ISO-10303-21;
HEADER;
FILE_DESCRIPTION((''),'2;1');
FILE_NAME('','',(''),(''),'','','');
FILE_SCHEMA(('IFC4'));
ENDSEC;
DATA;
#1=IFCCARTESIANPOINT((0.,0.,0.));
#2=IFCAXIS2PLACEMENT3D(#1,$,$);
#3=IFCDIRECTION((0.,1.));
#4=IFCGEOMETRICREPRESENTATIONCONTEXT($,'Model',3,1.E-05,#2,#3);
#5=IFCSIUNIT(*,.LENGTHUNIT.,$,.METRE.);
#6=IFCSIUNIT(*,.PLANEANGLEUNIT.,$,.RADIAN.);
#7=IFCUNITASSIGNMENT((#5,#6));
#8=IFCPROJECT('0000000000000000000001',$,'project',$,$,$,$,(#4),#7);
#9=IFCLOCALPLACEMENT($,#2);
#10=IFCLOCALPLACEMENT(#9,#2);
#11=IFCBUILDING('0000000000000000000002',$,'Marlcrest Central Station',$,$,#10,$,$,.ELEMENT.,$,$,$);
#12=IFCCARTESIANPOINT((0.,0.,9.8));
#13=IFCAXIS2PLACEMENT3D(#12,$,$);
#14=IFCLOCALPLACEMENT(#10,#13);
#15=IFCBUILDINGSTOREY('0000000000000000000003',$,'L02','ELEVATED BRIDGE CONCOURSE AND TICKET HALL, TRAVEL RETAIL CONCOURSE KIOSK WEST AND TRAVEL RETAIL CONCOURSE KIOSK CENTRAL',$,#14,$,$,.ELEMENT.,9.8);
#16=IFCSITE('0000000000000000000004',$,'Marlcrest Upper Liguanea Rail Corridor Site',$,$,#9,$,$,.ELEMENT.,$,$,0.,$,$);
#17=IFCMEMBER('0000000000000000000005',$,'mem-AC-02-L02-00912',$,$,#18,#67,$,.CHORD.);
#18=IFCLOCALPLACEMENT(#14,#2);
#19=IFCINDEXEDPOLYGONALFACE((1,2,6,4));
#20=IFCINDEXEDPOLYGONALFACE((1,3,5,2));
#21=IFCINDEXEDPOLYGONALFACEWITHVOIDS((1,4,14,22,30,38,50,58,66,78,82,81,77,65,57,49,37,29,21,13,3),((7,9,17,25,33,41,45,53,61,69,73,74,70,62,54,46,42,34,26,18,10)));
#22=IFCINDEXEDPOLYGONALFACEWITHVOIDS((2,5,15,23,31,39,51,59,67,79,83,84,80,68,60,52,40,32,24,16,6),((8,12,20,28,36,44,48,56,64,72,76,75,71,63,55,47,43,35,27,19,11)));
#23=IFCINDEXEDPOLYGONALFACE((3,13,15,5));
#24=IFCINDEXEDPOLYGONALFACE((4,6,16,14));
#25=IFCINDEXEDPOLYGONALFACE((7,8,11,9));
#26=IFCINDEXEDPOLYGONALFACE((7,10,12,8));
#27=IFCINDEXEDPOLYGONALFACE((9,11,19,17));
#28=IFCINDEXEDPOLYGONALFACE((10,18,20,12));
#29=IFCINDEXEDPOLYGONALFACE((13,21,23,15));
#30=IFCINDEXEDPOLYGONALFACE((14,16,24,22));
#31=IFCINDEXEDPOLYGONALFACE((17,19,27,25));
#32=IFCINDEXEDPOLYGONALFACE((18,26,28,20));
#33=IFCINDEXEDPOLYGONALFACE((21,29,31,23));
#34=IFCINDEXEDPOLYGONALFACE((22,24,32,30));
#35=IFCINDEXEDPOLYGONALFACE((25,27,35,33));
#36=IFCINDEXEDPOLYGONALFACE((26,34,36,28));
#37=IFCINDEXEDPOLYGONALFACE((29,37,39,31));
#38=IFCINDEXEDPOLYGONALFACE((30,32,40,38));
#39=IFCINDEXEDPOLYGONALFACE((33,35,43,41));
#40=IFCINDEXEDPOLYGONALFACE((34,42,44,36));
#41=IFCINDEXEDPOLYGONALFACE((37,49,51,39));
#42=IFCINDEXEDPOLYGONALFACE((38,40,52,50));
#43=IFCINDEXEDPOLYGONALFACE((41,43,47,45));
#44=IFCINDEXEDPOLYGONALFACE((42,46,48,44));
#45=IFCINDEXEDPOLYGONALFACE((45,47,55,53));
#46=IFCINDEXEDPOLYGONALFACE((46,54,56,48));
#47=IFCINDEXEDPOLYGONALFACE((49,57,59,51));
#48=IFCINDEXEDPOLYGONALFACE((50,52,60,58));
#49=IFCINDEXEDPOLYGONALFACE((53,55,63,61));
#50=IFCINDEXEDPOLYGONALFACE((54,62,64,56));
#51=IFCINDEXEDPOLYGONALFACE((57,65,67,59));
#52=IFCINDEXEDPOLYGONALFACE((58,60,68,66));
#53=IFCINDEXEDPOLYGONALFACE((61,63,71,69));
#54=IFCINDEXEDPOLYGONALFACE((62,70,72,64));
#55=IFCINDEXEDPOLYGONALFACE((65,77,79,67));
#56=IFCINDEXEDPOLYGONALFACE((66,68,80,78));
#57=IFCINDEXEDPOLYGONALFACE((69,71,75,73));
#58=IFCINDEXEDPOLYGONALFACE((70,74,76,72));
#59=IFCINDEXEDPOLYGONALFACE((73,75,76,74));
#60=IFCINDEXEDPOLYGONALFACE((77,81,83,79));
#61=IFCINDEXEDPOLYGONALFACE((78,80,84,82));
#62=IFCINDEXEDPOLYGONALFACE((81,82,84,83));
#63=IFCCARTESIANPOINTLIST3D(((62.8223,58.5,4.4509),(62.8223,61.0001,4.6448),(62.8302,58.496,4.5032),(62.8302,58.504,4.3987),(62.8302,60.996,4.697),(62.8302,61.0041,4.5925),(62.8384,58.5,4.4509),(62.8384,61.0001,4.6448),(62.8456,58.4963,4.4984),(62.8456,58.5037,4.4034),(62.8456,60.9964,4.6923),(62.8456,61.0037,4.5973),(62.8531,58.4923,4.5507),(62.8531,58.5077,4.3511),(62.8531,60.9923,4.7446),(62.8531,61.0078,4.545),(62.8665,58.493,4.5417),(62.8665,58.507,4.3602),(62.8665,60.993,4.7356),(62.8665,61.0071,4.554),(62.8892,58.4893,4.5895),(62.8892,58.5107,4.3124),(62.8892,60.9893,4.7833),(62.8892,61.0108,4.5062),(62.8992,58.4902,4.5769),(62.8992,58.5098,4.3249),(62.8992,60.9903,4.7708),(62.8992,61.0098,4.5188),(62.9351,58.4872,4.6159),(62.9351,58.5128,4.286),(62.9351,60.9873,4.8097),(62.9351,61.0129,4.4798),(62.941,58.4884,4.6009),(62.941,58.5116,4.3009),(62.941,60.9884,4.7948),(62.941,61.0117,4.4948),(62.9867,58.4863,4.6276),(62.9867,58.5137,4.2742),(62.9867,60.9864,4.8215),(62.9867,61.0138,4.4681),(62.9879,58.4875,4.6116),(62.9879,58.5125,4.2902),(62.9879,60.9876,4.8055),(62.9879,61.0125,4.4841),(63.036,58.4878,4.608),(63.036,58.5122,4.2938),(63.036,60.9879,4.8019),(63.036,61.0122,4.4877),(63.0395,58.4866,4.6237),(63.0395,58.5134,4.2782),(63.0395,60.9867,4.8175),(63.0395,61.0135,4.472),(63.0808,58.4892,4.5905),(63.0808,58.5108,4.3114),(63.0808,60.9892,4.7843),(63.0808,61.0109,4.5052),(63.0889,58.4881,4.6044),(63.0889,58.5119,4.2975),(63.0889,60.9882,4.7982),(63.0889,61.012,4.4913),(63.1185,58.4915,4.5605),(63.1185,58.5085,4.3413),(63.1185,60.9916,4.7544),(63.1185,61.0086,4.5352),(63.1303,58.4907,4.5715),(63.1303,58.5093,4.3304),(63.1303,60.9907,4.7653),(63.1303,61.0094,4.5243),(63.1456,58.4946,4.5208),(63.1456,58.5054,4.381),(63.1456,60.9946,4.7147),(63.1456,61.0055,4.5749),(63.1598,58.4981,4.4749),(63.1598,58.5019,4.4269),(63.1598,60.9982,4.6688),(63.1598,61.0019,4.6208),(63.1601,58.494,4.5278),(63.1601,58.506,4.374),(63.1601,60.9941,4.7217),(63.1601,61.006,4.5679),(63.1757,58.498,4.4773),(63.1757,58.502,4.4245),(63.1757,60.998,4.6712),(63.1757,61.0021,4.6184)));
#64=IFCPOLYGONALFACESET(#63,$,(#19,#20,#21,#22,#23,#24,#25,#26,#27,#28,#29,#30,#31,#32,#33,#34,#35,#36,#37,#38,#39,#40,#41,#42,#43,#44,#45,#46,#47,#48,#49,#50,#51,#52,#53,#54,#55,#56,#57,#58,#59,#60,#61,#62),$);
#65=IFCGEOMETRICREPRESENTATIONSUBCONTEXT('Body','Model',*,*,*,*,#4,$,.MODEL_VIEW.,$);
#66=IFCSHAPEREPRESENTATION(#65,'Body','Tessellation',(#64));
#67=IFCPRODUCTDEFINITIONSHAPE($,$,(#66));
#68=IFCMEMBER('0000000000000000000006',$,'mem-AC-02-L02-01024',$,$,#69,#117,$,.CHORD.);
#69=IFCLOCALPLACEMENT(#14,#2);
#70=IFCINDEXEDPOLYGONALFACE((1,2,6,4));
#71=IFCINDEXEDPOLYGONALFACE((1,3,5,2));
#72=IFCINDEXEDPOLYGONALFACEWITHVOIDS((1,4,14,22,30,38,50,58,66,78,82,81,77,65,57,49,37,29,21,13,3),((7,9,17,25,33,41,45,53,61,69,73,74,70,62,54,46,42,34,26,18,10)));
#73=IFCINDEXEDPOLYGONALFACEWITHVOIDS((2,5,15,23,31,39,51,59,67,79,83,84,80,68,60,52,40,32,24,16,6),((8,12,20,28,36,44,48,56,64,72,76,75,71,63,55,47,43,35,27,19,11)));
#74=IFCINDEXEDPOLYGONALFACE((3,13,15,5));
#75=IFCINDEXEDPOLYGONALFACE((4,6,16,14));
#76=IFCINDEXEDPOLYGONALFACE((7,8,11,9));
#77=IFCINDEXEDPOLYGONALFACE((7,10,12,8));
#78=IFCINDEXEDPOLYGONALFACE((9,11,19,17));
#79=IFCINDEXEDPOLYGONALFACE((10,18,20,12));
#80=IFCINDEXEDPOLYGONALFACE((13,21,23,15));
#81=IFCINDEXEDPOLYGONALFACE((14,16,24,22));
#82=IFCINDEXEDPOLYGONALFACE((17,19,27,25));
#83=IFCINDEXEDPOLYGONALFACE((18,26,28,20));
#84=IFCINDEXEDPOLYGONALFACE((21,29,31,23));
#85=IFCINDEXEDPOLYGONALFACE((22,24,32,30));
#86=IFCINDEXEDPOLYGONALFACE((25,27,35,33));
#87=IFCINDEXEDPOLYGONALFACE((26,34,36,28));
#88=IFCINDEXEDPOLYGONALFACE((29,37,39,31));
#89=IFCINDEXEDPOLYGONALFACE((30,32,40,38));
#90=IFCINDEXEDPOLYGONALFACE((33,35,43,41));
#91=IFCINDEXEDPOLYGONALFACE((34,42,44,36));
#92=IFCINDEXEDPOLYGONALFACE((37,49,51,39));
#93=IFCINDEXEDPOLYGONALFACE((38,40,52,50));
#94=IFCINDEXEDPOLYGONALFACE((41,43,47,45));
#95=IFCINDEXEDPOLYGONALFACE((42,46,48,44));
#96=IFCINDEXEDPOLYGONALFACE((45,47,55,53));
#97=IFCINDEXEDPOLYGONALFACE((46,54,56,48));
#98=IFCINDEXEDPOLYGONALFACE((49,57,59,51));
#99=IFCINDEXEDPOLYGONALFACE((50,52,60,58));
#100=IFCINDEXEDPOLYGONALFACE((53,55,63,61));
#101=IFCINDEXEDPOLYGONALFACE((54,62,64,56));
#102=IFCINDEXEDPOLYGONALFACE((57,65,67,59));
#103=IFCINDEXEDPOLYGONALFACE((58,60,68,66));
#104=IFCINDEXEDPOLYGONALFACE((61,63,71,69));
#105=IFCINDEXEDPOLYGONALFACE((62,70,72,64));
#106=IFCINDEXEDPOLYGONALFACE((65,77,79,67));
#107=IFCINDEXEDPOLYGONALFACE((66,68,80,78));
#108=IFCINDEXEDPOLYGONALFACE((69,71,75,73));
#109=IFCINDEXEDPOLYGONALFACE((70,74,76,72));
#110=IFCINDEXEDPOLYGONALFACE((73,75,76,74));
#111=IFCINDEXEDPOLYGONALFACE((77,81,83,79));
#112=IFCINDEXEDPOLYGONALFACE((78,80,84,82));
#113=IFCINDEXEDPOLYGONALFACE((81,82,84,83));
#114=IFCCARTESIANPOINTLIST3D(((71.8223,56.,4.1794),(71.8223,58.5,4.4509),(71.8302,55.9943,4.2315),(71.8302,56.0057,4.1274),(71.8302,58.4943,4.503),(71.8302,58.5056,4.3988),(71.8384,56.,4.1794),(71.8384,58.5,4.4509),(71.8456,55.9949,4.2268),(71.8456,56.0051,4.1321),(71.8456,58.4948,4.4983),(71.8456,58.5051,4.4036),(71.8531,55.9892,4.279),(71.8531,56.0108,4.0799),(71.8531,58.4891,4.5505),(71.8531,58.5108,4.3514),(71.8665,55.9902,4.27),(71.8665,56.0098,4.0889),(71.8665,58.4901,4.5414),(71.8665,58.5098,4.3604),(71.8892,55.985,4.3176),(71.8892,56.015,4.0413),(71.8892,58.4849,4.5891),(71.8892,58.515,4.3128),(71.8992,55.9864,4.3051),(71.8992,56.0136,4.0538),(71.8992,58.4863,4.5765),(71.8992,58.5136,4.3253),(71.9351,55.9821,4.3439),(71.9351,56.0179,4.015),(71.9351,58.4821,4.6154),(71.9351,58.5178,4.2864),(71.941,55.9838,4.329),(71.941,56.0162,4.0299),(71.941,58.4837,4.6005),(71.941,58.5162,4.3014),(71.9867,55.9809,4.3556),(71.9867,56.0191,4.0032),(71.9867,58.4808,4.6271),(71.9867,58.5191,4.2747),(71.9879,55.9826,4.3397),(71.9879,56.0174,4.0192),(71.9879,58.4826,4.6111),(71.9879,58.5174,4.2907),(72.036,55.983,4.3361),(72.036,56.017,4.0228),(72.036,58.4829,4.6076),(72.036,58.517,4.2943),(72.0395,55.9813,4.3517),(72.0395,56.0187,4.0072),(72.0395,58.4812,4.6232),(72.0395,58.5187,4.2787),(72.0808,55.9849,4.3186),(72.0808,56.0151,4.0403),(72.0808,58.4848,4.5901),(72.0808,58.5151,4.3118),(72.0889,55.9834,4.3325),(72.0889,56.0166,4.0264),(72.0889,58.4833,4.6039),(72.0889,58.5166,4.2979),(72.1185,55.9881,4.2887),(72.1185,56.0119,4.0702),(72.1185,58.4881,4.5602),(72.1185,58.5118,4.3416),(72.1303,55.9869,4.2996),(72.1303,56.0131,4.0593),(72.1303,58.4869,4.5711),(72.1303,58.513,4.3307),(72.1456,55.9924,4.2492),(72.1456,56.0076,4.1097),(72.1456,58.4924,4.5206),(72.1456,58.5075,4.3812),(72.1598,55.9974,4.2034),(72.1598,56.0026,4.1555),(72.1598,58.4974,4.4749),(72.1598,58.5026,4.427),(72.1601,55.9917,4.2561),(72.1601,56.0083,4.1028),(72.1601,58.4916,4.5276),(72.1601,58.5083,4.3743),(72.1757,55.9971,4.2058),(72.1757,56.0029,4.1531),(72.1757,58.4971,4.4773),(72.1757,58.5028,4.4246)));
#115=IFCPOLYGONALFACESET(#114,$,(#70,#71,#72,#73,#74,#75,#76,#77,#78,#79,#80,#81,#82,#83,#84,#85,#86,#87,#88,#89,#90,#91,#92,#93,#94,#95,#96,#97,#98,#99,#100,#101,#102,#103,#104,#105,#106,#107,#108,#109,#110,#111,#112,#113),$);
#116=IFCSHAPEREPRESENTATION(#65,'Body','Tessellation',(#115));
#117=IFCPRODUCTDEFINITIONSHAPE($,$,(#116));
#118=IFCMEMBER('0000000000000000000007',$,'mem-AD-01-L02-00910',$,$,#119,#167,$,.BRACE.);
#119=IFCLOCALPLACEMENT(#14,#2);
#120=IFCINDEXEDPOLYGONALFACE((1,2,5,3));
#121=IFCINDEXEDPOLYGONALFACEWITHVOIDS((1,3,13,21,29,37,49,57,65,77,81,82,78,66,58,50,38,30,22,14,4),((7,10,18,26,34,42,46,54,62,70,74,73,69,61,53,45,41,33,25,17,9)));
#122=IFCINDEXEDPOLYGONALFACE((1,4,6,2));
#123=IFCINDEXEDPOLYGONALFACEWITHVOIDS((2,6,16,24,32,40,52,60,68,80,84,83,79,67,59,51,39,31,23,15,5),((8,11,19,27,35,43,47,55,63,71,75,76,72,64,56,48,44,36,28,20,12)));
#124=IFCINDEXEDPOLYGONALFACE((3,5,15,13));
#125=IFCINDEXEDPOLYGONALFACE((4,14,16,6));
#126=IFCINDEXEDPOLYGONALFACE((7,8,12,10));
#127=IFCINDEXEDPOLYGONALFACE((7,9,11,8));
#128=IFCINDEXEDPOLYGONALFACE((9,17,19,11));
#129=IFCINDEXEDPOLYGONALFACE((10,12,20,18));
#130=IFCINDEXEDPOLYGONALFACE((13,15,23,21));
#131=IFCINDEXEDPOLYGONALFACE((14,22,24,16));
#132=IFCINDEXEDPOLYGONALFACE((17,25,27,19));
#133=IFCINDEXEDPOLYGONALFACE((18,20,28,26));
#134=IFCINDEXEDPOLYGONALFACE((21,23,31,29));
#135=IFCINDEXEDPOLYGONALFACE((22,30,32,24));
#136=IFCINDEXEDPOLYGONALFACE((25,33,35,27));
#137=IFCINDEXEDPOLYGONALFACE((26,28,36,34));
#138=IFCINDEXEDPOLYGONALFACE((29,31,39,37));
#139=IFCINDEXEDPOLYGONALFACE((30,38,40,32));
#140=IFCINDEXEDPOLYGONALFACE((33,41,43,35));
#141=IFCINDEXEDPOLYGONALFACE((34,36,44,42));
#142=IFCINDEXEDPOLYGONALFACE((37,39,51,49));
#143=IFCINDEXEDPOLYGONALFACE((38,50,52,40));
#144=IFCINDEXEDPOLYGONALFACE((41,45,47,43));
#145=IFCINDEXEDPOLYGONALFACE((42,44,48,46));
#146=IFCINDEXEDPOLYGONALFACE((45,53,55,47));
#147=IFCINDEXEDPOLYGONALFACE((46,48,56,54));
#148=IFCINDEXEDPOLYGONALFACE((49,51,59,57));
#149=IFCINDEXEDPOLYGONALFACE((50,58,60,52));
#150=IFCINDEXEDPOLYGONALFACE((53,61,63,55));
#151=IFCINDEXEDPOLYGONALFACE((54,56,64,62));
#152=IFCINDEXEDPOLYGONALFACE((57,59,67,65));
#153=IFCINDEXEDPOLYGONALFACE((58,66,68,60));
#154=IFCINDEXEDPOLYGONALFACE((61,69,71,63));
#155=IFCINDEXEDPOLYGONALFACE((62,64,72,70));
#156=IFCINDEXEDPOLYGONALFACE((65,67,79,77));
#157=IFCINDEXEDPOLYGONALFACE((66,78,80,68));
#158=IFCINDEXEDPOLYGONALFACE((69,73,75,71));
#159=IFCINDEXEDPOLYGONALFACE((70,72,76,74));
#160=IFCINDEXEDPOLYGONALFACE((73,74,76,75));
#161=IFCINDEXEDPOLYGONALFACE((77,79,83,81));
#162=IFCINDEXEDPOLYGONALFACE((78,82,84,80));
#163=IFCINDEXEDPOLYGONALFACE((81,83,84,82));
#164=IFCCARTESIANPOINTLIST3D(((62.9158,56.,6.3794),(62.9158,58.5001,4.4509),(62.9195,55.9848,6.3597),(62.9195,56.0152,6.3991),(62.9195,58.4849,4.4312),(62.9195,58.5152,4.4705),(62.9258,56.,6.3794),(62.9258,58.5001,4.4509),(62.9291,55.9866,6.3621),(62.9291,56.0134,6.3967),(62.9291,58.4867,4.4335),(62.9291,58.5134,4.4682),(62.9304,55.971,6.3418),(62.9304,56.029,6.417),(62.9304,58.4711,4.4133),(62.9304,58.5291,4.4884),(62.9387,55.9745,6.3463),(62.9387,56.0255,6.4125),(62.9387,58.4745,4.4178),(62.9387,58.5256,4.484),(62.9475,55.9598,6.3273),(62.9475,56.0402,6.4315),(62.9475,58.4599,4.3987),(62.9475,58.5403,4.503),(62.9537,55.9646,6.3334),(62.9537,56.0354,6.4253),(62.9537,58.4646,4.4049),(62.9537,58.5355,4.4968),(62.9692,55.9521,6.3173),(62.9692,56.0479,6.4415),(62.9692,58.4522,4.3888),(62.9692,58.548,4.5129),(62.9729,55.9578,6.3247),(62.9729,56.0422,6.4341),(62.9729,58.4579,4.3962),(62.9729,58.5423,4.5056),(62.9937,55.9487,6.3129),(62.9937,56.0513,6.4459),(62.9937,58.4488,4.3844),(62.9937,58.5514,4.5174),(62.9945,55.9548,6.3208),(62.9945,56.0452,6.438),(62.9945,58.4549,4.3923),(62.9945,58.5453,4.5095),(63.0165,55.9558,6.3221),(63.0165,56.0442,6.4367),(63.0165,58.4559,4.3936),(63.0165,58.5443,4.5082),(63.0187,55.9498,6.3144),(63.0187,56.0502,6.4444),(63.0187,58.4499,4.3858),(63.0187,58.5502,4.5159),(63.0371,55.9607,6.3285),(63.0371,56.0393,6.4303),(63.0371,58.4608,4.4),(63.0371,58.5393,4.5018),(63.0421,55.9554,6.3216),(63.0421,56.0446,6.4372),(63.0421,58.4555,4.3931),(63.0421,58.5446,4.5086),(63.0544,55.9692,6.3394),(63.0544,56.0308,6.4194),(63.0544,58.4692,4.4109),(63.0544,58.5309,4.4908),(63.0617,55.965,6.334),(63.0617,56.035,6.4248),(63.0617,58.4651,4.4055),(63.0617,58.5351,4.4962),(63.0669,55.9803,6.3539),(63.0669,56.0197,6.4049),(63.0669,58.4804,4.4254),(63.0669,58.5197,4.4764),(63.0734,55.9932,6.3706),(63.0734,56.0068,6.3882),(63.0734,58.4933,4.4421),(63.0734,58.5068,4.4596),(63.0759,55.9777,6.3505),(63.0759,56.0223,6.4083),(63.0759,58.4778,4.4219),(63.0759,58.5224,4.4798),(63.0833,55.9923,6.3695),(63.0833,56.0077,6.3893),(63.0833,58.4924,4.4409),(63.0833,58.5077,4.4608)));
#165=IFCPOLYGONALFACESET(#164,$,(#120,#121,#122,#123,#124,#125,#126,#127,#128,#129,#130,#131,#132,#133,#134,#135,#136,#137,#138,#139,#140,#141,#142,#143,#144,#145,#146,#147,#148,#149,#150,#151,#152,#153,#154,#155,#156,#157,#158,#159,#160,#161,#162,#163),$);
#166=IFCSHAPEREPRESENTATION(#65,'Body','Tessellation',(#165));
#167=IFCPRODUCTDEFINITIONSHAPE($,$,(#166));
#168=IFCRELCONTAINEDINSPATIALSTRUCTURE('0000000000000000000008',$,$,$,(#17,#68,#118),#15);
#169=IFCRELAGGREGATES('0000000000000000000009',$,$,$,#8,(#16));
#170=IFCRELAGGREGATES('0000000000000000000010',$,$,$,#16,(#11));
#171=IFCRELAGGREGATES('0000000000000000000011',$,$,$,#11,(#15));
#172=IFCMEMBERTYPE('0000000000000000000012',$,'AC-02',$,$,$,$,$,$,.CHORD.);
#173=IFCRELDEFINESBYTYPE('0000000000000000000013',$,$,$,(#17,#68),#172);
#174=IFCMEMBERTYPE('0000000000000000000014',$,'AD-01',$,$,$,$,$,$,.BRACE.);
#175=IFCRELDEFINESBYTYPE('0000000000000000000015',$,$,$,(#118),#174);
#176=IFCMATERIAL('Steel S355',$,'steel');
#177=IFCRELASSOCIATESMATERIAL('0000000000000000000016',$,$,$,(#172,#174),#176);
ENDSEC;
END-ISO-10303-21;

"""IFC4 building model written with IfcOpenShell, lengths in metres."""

from ifc_helpers import new_model, si_unit, direction, frame, origin, origin_2d, place, context, subcontext, project, spatial, hollow_circle, extrude, material, material_profile, profile_set, type_object, element, save


model = new_model("IFC4")

# Units and contexts
model_context = context("Model", 3, precision=1e-05, world=origin(), true_north=direction((0.0, 1.0)))
body_context = subcontext(model_context, "Body", "Model", "MODEL_VIEW")
ifc_project = project(units=[si_unit("LENGTHUNIT", "METRE"), si_unit("PLANEANGLEUNIT", "RADIAN")], contexts=[model_context])

# Site, building, storey
site_placement = place(None, origin())
site = spatial("IfcSite", under=ifc_project, at=site_placement, Name="Marlcrest Upper Liguanea Rail Corridor Site", CompositionType="ELEMENT", RefElevation=0.0)
building_placement = place(site_placement, origin())
building = spatial("IfcBuilding", under=site, at=building_placement, Name="Marlcrest Central Station", CompositionType="ELEMENT")
storey_placement = place(building_placement, frame((0.0, 0.0, 9.8)))
storey = spatial("IfcBuildingStorey", under=building, at=storey_placement, Name="L02", Description="ELEVATED BRIDGE CONCOURSE AND TICKET HALL, TRAVEL RETAIL CONCOURSE KIOSK WEST AND TRAVEL RETAIL CONCOURSE KIOSK CENTRAL", CompositionType="ELEMENT", Elevation=9.8)

# Members
ifc_material = material(Name="Steel S355", Category="steel")
ifc_material_profile_1 = material_profile(ifc_material, hollow_circle(Radius=0.1777, WallThickness=0.0161, at=origin_2d()), Name="CHS 355.6x16")
ifc_profile_set_1 = profile_set([ifc_material_profile_1], Name="Steel S355")
member_type_1 = type_object("IfcMemberType", Name="AC-02", PredefinedType="CHORD", material=ifc_profile_set_1)
member_1_placement = place(storey_placement, frame((63.0, 58.5, 4.4509), z_axis=(0.0, 0.997007, 0.077307), x_axis=(-1.0, 0.0, 0.0)))
element("IfcMember", 1, at=member_1_placement, inside=storey, type_object=member_type_1, Name="mem-AC-02-L02-00912", PredefinedType="CHORD", context=body_context, shape_type="SweptSolid", body=[
    extrude(hollow_circle(Radius=0.1777, WallThickness=0.0161, at=origin_2d()), origin(), (0.0, 0.0, 1.0), 2.5076),
])
member_2_placement = place(storey_placement, frame((72.0, 56.0, 4.1794), z_axis=(0.0, 0.994155, 0.107959), x_axis=(-1.0, 0.0, 0.0)))
element("IfcMember", 2, at=member_2_placement, inside=storey, type_object=member_type_1, Name="mem-AC-02-L02-01024", PredefinedType="CHORD", context=body_context, shape_type="SweptSolid", body=[
    extrude(hollow_circle(Radius=0.1777, WallThickness=0.0161, at=origin_2d()), origin(), (0.0, 0.0, 1.0), 2.5146),
])
ifc_material_profile_2 = material_profile(ifc_material, hollow_circle(Radius=0.0842, WallThickness=0.01, at=origin_2d()), Name="CHS 168.3x10")
ifc_profile_set_2 = profile_set([ifc_material_profile_2], Name="Steel S355")
member_type_2 = type_object("IfcMemberType", Name="AD-01", PredefinedType="BRACE", material=ifc_profile_set_2)
member_3_placement = place(storey_placement, frame((63.0, 56.0, 6.3794), z_axis=(0.0, 0.791798, -0.610783), x_axis=(-1.0, 0.0, 0.0)))
element("IfcMember", 3, at=member_3_placement, inside=storey, type_object=member_type_2, Name="mem-AD-01-L02-00910", PredefinedType="BRACE", context=body_context, shape_type="SweptSolid", body=[
    extrude(hollow_circle(Radius=0.0842, WallThickness=0.01, at=origin_2d()), origin(), (0.0, 0.0, 1.0), 3.1575),
])

save(model, "model.ifc")
